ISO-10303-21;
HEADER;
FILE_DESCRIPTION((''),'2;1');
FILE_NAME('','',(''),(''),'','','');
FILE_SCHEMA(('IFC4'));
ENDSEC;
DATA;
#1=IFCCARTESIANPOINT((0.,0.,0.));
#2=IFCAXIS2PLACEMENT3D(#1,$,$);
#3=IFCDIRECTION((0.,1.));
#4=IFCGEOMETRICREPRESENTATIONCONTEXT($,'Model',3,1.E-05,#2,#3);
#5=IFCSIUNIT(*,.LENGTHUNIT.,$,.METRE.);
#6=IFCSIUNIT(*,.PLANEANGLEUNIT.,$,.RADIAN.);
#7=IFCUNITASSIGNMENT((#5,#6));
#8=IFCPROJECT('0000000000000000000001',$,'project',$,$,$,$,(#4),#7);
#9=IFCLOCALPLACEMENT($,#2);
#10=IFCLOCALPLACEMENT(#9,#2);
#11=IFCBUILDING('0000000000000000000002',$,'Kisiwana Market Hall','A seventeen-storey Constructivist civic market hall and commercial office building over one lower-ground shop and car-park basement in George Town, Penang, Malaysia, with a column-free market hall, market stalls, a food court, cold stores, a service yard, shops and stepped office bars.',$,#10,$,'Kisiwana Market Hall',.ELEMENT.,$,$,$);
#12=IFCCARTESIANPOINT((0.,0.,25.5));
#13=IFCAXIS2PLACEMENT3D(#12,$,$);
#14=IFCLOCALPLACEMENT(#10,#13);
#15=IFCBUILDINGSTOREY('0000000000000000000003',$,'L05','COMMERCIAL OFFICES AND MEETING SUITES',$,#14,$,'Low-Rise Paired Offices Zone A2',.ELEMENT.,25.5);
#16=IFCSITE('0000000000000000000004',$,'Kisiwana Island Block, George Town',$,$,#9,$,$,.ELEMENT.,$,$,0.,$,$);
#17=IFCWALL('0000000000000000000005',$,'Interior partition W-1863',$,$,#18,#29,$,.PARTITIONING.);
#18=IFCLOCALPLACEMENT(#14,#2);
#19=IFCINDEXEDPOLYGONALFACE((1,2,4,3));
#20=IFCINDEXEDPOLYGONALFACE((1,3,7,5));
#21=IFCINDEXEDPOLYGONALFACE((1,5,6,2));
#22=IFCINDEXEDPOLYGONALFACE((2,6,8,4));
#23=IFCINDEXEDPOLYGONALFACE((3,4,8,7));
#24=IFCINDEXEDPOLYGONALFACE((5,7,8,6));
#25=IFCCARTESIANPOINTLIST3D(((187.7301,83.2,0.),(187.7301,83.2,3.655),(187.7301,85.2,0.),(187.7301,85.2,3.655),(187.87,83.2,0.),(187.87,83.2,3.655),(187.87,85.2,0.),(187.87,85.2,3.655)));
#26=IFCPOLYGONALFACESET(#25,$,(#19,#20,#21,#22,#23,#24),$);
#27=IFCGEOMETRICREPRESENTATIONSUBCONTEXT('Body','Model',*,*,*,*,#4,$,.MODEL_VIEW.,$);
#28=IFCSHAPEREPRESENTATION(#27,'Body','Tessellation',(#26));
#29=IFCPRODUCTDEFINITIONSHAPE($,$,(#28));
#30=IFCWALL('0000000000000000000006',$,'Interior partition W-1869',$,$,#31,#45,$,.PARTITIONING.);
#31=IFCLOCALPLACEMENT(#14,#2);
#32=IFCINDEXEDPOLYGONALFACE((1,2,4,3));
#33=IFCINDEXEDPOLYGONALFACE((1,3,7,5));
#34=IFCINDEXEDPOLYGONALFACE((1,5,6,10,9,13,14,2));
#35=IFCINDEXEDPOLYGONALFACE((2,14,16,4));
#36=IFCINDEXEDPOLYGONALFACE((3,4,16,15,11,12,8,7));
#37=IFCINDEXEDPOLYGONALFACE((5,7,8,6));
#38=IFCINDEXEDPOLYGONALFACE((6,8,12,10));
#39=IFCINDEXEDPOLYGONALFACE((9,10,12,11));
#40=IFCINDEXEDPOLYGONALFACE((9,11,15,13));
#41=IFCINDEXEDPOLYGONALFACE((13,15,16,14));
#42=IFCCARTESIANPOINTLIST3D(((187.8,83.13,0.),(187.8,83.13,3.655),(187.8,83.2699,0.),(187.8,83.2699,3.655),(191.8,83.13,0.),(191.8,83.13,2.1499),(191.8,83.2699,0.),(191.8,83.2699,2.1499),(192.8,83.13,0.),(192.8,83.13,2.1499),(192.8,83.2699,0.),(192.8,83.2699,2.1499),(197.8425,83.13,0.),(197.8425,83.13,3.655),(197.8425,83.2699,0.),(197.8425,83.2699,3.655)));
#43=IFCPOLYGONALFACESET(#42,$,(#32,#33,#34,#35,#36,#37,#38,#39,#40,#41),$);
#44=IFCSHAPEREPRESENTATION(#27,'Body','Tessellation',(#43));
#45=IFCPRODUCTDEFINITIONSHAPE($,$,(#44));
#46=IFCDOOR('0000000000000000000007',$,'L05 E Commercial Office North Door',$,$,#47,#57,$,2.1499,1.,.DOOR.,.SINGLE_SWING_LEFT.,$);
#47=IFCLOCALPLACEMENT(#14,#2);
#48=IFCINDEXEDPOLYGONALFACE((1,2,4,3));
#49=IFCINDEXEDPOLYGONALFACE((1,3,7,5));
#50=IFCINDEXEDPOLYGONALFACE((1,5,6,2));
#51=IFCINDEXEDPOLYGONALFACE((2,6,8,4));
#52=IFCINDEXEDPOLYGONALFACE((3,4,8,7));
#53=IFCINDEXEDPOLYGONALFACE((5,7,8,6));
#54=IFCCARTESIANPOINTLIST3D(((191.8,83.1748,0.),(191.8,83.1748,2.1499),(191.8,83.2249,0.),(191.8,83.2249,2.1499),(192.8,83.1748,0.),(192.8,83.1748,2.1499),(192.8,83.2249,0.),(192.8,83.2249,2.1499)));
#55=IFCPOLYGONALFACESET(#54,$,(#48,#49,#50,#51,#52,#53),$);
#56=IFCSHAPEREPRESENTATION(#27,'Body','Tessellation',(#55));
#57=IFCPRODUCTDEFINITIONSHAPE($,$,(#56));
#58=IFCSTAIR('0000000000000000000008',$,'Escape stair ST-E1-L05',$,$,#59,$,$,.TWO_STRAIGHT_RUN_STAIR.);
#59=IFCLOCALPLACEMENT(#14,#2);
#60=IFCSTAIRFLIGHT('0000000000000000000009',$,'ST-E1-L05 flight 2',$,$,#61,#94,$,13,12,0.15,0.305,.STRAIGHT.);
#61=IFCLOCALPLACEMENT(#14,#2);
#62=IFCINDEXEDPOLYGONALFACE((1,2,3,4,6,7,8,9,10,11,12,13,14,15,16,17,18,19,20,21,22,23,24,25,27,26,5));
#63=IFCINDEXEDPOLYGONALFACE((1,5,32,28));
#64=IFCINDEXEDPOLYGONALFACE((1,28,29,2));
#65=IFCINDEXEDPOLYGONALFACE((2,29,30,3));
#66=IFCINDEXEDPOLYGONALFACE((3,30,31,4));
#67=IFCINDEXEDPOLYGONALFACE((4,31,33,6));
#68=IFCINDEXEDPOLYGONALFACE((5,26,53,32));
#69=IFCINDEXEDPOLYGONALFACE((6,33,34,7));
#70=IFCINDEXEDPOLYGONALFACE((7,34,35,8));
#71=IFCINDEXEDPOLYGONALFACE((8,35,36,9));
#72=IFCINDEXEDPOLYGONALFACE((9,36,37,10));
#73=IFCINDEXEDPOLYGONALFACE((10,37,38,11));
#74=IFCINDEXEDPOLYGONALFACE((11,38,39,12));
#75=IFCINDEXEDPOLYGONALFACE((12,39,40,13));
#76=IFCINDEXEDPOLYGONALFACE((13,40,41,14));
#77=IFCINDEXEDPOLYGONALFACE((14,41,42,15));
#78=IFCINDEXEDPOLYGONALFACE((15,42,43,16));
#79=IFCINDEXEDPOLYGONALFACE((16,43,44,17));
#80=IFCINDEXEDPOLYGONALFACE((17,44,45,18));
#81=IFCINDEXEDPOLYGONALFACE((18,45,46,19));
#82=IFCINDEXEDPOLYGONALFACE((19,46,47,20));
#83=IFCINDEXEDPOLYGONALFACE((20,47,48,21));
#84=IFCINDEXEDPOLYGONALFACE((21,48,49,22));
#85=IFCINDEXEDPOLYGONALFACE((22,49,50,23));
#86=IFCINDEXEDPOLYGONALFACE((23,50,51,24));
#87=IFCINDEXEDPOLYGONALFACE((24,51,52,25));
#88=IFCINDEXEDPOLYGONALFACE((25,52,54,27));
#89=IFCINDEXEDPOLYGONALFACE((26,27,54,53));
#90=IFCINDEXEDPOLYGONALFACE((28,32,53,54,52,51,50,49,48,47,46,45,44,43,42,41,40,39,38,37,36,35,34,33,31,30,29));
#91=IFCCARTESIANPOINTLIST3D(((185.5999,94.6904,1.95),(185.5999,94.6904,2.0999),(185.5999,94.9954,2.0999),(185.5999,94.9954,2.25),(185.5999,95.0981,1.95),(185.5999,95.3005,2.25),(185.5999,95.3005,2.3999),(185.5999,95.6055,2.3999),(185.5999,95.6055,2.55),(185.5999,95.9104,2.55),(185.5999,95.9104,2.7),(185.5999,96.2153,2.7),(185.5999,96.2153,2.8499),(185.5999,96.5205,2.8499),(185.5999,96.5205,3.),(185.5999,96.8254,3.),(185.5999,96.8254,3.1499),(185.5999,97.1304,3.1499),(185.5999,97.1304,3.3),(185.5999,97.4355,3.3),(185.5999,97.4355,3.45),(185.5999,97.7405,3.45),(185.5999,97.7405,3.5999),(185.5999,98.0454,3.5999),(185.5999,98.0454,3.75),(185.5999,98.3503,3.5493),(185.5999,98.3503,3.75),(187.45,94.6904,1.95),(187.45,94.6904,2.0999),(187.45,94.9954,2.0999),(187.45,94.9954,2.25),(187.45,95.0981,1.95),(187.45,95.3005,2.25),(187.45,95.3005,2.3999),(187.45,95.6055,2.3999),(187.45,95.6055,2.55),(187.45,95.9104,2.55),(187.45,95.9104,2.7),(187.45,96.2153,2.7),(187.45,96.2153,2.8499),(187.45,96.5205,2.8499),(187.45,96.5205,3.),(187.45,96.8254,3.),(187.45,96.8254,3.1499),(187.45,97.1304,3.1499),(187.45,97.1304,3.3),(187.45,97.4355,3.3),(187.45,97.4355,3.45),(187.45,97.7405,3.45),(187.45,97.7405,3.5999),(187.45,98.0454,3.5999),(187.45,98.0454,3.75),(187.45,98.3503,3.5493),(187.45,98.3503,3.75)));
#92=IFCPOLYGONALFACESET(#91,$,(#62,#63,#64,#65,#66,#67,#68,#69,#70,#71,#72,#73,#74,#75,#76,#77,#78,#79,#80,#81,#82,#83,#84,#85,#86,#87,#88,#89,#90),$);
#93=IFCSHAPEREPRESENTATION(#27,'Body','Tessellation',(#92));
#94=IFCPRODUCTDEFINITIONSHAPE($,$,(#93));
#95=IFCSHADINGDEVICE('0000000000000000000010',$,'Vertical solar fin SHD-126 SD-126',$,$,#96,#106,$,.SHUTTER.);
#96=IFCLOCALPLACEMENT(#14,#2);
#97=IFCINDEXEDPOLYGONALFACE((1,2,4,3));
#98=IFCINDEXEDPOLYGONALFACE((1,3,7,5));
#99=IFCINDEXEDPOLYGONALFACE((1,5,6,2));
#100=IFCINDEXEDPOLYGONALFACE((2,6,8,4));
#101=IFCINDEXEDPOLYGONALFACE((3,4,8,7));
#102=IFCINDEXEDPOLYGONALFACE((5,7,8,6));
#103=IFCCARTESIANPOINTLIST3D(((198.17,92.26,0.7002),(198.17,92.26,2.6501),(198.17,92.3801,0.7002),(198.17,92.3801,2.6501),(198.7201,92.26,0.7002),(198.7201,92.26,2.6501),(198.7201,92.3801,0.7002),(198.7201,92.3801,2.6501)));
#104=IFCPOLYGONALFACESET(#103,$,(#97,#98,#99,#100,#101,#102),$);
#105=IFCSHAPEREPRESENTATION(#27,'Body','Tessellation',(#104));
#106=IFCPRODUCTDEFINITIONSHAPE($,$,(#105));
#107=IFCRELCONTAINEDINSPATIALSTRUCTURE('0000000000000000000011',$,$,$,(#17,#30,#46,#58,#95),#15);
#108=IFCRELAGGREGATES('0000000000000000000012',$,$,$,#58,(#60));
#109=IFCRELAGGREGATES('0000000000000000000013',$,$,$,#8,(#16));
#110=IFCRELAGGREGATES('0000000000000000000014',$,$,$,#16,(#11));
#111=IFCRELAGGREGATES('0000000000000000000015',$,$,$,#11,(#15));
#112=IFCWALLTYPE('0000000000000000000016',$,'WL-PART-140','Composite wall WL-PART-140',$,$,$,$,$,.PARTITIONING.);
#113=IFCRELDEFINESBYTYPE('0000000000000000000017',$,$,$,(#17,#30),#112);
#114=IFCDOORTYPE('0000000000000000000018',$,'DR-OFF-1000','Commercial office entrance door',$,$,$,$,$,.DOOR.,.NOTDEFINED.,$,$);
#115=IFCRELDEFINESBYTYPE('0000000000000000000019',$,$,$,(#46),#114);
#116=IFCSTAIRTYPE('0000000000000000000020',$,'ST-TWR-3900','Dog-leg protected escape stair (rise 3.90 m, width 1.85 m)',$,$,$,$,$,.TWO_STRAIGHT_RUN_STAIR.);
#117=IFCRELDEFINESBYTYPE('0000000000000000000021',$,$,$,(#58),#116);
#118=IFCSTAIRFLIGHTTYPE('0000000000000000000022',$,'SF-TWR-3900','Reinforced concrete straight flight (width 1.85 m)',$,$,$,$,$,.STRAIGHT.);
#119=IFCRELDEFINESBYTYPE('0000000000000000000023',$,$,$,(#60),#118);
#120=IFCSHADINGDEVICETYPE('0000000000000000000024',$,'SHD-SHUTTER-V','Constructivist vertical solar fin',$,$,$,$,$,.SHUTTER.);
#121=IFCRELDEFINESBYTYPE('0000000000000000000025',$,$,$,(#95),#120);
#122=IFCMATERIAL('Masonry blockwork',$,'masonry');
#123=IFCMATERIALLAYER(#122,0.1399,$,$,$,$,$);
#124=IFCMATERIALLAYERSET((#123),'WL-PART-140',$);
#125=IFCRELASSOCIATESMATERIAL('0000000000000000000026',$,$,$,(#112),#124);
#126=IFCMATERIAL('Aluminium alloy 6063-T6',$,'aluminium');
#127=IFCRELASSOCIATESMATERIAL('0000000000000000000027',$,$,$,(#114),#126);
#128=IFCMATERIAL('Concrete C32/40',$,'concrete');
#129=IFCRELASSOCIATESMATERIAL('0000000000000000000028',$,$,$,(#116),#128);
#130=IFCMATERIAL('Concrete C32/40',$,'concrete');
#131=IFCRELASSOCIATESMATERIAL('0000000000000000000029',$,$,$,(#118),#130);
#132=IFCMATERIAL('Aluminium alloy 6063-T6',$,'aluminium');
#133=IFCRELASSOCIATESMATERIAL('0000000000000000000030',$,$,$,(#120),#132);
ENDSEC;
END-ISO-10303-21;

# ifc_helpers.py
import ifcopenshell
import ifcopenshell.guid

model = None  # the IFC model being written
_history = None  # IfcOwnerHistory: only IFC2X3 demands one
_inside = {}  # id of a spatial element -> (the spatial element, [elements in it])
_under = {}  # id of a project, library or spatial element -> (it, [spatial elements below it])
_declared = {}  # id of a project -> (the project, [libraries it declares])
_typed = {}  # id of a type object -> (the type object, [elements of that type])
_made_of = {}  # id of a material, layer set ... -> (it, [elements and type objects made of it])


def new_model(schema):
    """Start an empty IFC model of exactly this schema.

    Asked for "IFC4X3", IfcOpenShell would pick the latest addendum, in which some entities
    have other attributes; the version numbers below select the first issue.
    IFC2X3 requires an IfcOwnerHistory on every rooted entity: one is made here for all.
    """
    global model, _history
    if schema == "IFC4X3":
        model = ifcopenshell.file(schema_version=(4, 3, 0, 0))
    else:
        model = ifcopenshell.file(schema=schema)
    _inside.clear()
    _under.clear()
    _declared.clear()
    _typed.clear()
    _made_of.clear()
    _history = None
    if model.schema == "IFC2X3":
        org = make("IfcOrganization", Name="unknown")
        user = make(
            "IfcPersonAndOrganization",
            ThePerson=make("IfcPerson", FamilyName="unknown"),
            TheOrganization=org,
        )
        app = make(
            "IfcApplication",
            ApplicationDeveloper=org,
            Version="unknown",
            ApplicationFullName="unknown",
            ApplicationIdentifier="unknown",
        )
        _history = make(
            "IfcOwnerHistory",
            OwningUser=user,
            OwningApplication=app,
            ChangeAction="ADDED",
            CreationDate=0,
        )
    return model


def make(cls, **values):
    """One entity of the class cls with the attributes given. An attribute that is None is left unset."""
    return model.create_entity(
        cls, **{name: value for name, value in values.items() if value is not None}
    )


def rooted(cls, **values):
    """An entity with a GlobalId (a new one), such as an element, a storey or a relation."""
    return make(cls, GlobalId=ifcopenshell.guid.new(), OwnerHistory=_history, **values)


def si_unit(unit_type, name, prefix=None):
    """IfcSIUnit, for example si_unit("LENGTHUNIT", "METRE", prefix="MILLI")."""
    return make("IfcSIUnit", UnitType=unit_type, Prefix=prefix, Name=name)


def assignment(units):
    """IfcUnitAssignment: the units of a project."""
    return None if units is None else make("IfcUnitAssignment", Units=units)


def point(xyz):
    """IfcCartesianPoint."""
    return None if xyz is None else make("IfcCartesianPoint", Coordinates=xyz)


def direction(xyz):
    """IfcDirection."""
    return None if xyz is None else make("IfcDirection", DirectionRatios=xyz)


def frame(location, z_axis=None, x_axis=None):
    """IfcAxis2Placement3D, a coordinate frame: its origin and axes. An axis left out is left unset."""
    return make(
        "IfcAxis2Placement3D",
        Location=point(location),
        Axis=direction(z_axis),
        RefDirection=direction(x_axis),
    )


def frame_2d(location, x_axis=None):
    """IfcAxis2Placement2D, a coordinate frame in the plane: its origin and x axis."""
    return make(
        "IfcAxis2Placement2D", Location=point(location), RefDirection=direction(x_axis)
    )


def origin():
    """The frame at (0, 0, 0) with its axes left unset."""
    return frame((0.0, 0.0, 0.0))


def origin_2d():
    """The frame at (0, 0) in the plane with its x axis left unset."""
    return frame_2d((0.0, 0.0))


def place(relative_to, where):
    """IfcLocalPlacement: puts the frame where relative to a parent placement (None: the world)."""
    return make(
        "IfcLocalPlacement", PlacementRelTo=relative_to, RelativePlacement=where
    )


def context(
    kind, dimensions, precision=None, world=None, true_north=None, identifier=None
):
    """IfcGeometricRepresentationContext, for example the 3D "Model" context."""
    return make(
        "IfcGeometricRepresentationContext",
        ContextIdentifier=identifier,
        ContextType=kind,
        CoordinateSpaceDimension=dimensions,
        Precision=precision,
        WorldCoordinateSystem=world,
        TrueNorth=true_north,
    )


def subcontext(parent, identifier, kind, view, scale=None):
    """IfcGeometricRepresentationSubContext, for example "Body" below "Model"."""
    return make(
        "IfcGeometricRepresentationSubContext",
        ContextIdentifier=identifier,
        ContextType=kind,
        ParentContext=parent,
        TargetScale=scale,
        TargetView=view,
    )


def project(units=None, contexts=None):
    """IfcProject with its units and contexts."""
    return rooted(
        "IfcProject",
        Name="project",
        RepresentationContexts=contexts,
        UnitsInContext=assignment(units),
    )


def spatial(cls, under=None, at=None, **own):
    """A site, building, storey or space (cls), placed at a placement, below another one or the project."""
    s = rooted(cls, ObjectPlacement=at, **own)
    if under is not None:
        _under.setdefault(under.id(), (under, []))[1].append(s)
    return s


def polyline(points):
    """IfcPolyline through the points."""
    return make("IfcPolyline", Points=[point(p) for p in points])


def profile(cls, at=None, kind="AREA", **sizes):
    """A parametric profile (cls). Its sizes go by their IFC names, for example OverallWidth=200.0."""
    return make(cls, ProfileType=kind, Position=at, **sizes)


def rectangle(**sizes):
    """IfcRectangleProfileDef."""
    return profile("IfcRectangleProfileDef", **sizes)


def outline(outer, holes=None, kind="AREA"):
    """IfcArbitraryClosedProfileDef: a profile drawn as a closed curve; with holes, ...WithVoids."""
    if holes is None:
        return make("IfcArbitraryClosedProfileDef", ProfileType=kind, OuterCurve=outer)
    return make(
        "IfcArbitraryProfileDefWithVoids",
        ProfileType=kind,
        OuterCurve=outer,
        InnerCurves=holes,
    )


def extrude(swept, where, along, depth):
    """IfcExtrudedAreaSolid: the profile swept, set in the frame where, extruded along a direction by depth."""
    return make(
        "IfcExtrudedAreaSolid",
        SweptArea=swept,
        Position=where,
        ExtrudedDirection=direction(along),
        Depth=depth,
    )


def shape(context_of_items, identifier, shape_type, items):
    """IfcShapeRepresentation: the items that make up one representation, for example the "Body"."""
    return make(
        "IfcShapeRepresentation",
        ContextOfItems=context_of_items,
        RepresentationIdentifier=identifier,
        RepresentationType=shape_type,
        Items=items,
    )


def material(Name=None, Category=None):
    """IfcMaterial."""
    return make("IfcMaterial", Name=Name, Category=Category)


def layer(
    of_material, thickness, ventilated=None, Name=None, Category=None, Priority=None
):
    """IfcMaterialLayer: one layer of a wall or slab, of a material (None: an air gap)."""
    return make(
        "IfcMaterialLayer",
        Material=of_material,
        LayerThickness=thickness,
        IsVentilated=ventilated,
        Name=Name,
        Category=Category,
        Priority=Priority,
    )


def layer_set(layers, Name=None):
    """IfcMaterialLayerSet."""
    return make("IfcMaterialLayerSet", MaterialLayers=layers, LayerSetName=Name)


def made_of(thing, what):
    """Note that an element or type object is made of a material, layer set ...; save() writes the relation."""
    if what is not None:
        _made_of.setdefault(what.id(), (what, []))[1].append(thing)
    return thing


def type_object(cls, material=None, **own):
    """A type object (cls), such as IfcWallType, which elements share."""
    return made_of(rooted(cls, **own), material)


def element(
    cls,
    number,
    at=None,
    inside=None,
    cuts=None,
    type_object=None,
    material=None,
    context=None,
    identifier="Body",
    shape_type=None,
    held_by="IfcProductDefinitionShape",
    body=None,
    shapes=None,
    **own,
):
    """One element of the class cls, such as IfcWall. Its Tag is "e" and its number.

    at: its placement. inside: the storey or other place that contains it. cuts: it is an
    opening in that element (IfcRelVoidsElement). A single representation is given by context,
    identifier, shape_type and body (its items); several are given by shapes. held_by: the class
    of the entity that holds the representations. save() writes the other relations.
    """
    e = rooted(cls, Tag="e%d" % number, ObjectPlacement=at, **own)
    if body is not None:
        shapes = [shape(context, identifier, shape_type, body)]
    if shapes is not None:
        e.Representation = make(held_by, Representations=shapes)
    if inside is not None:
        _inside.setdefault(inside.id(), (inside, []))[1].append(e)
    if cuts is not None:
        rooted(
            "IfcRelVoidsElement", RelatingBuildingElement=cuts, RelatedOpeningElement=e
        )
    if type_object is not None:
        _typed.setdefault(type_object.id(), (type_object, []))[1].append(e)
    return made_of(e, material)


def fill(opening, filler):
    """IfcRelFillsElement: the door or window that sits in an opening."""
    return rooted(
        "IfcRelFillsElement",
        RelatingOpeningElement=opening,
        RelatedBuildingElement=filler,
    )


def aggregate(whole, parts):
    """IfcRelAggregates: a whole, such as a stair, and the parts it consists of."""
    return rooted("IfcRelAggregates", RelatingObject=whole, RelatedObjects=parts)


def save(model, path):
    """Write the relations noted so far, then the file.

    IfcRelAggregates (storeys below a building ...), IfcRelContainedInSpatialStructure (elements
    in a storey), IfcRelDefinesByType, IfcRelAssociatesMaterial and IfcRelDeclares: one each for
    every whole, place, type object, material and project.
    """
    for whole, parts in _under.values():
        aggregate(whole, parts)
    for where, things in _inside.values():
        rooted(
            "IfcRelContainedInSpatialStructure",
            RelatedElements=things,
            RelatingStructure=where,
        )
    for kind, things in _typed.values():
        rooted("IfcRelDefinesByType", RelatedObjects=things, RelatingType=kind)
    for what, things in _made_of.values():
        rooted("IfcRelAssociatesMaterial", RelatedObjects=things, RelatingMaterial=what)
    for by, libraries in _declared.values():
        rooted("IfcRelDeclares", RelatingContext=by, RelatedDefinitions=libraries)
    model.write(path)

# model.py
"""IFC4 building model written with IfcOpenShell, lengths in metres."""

from ifc_helpers import new_model, si_unit, direction, frame, frame_2d, origin, origin_2d, place, context, subcontext, project, spatial, polyline, rectangle, outline, extrude, material, layer, layer_set, type_object, element, fill, aggregate, save


model = new_model("IFC4")

# Units and contexts
model_context = context("Model", 3, precision=1e-05, world=origin(), true_north=direction((0.0, 1.0)))
body_context = subcontext(model_context, "Body", "Model", "MODEL_VIEW")
ifc_project = project(units=[si_unit("LENGTHUNIT", "METRE"), si_unit("PLANEANGLEUNIT", "RADIAN")], contexts=[model_context])

# Site, building, storey
site_placement = place(None, origin())
site = spatial("IfcSite", under=ifc_project, at=site_placement, Name="Kisiwana Island Block, George Town", CompositionType="ELEMENT", RefElevation=0.0)
building_placement = place(site_placement, origin())
building = spatial("IfcBuilding", under=site, at=building_placement, Name="Kisiwana Market Hall", Description="A seventeen-storey Constructivist civic market hall and commercial office building over one lower-ground shop and car-park basement in George Town, Penang, Malaysia, with a column-free market hall, market stalls, a food court, cold stores, a service yard, shops and stepped office bars.", LongName="Kisiwana Market Hall", CompositionType="ELEMENT")
storey_placement = place(building_placement, frame((0.0, 0.0, 25.5)))
storey = spatial("IfcBuildingStorey", under=building, at=storey_placement, Name="L05", Description="COMMERCIAL OFFICES AND MEETING SUITES", LongName="Low-Rise Paired Offices Zone A2", CompositionType="ELEMENT", Elevation=25.5)

# Wall
ifc_material_1 = material(Name="Masonry blockwork", Category="masonry")
ifc_layer_1 = layer(ifc_material_1, 0.1399)
ifc_layer_set_1 = layer_set([ifc_layer_1], Name="WL-PART-140")
wall_type_1 = type_object("IfcWallType", Name="WL-PART-140", Description="Composite wall WL-PART-140", PredefinedType="PARTITIONING", material=ifc_layer_set_1)
wall_1_placement = place(storey_placement, frame((187.8, 83.2, 0.0), z_axis=(0.0, 0.0, 1.0), x_axis=(0.0, 1.0, 0.0)))
element("IfcWall", 1, at=wall_1_placement, inside=storey, type_object=wall_type_1, Name="Interior partition W-1863", PredefinedType="PARTITIONING", context=body_context, shape_type="SweptSolid", body=[
    extrude(rectangle(XDim=2.0, YDim=0.1399, at=frame_2d((1.0, 0.0))), origin(), (0.0, 0.0, 1.0), 3.655),
])

# Wall, opening, door
wall_2_placement = place(storey_placement, frame((187.8, 83.2, 0.0), z_axis=(0.0, 0.0, 1.0), x_axis=(1.0, 0.0, 0.0)))
wall_2 = element("IfcWall", 2, at=wall_2_placement, inside=storey, type_object=wall_type_1, Name="Interior partition W-1869", PredefinedType="PARTITIONING", context=body_context, shape_type="SweptSolid", body=[
    extrude(rectangle(XDim=10.0425, YDim=0.1399, at=frame_2d((5.0212, 0.0))), origin(), (0.0, 0.0, 1.0), 3.655),
])
opening_1_placement = place(wall_2_placement, frame((4.0, 0.0, 0.0)))
opening_1 = element("IfcOpeningElement", 3, at=opening_1_placement, cuts=wall_2, PredefinedType="OPENING", context=body_context, shape_type="SweptSolid", body=[
    extrude(rectangle(XDim=1.0, YDim=2.1499, at=frame_2d((0.5, 1.075))), frame((0.0, 0.082, 0.0), z_axis=(0.0, -1.0, 0.0), x_axis=(1.0, 0.0, 0.0)), (0.0, 0.0, 1.0), 0.1638),
])
ifc_material_2 = material(Name="Aluminium alloy 6063-T6", Category="aluminium")
door_type_1 = type_object("IfcDoorType", Name="DR-OFF-1000", Description="Commercial office entrance door", OperationType="NOTDEFINED", PredefinedType="DOOR", material=ifc_material_2)
door_1_placement = place(opening_1_placement, origin())
door_1 = element("IfcDoor", 4, at=door_1_placement, inside=storey, type_object=door_type_1, Name="L05 E Commercial Office North Door", OperationType="SINGLE_SWING_LEFT", OverallHeight=2.1499, OverallWidth=1.0, PredefinedType="DOOR", context=body_context, shape_type="SweptSolid", body=[
    extrude(rectangle(XDim=1.0, YDim=2.1499, at=frame_2d((0.5, 1.075))), frame((0.0, 0.0249, 0.0), z_axis=(0.0, -1.0, 0.0), x_axis=(1.0, 0.0, 0.0)), (0.0, 0.0, 1.0), 0.05),
])
fill(opening_1, door_1)

# Stair, stair flight
ifc_material_3 = material(Name="Concrete C32/40", Category="concrete")
stair_type = type_object("IfcStairType", Name="ST-TWR-3900", Description="Dog-leg protected escape stair (rise 3.90 m, width 1.85 m)", PredefinedType="TWO_STRAIGHT_RUN_STAIR", material=ifc_material_3)
stair_placement = place(storey_placement, origin())
stair = element("IfcStair", 5, at=stair_placement, inside=storey, type_object=stair_type, Name="Escape stair ST-E1-L05", PredefinedType="TWO_STRAIGHT_RUN_STAIR")
ifc_material_4 = material(Name="Concrete C32/40", Category="concrete")
stair_flight_type = type_object("IfcStairFlightType", Name="SF-TWR-3900", Description="Reinforced concrete straight flight (width 1.85 m)", PredefinedType="STRAIGHT", material=ifc_material_4)
stair_flight_placement = place(storey_placement, frame((186.5249, 94.6904, 1.95), z_axis=(0.0, 0.0, 1.0), x_axis=(0.0, 1.0, 0.0)))
stair_flight = element("IfcStairFlight", 6, at=stair_flight_placement, type_object=stair_flight_type, Name="ST-E1-L05 flight 2", NumberOfRisers=13, NumberOfTreads=12, PredefinedType="STRAIGHT", RiserHeight=0.15, TreadLength=0.305, context=body_context, shape_type="SweptSolid", body=[
    extrude(outline(polyline([(0.0, 0.0), (0.0, 0.1499), (0.3049, 0.1499), (0.3049, 0.3), (0.6101, 0.3), (0.6101, 0.45), (0.915, 0.45), (0.915, 0.6001), (1.22, 0.6001), (1.22, 0.75), (1.5249, 0.75), (1.5249, 0.8999), (1.8301, 0.8999), (1.8301, 1.05), (2.135, 1.05), (2.135, 1.2), (2.4399, 1.2), (2.4399, 1.3501), (2.7451, 1.3501), (2.7451, 1.5), (3.05, 1.5), (3.05, 1.6499), (3.355, 1.6499), (3.355, 1.8), (3.6599, 1.8), (3.6599, 1.95), (3.6599, 1.5994), (0.4077, 0.0), (0.0, 0.0)])), frame((0.0, 0.925, 0.0), z_axis=(0.0, -1.0, 0.0), x_axis=(1.0, 0.0, 0.0)), (0.0, 0.0, 1.0), 1.8501),
])
aggregate(stair, [stair_flight])

# Shading device
ifc_material_5 = material(Name="Aluminium alloy 6063-T6", Category="aluminium")
shading_device_type = type_object("IfcShadingDeviceType", Name="SHD-SHUTTER-V", Description="Constructivist vertical solar fin", PredefinedType="SHUTTER", material=ifc_material_5)
shading_device_placement = place(storey_placement, frame((198.4451, 92.3201, 0.7002), z_axis=(0.0, 0.0, 1.0), x_axis=(0.0, 1.0, 0.0)))
element("IfcShadingDevice", 7, at=shading_device_placement, inside=storey, type_object=shading_device_type, Name="Vertical solar fin SHD-126 SD-126", PredefinedType="SHUTTER", context=body_context, shape_type="SweptSolid", body=[
    extrude(rectangle(XDim=0.1201, YDim=0.55, at=origin_2d()), origin(), (0.0, 0.0, 1.0), 1.95),
])

save(model, "model.ifc")
